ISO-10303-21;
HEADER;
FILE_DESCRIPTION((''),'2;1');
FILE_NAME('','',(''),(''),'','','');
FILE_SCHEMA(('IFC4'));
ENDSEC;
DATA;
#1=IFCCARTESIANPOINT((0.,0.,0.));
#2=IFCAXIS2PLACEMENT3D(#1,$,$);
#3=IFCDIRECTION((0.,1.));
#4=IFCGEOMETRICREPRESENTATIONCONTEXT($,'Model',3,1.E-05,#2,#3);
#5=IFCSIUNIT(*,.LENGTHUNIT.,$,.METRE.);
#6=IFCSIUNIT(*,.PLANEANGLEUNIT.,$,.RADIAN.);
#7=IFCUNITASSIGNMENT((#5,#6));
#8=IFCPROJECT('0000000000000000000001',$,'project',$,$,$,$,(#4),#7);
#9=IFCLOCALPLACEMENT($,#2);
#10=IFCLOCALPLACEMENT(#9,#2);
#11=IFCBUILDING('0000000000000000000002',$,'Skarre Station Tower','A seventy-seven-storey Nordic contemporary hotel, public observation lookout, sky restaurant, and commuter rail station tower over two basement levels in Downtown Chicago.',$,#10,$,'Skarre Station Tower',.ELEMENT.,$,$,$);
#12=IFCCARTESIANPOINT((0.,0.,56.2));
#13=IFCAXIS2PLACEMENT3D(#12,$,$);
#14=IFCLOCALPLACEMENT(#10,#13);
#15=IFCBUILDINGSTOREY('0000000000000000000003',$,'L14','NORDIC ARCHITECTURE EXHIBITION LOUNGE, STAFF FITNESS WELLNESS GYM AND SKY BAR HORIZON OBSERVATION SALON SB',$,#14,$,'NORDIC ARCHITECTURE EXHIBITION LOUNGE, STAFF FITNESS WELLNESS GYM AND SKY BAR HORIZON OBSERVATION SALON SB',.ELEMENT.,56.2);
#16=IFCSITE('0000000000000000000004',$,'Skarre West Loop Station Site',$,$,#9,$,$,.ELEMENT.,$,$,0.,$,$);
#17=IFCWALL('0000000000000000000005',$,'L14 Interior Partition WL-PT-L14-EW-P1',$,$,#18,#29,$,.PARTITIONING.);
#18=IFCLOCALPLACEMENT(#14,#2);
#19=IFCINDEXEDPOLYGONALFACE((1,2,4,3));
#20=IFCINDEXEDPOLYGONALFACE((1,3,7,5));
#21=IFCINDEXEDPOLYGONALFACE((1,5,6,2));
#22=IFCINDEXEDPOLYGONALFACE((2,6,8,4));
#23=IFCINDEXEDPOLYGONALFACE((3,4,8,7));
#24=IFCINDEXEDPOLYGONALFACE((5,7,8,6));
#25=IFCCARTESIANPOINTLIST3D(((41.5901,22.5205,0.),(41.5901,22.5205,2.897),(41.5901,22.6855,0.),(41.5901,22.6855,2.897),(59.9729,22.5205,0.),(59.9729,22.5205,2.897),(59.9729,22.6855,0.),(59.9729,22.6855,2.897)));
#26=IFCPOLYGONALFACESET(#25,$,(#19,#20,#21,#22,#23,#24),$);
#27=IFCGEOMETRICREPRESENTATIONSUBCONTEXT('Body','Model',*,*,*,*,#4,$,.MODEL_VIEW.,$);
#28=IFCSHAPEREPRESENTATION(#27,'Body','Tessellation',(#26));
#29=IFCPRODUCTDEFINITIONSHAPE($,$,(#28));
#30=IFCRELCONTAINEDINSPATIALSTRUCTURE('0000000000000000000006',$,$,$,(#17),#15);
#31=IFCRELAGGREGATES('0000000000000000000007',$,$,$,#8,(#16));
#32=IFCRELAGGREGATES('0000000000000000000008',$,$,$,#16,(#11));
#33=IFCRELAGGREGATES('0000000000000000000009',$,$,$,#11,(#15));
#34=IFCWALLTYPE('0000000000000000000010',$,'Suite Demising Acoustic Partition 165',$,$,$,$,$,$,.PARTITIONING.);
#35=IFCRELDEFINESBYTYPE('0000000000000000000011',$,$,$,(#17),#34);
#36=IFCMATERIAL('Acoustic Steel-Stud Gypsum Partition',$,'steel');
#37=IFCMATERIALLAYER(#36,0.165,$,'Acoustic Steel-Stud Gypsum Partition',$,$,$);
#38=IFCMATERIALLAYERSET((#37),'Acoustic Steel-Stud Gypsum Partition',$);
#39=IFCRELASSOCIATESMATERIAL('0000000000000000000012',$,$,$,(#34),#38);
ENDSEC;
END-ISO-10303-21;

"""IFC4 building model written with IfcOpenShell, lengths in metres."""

from ifc_helpers import new_model, si_unit, direction, frame, frame_2d, origin, place, context, subcontext, project, spatial, rectangle, extrude, material, layer, layer_set, type_object, element, save


model = new_model("IFC4")

# Units and contexts
model_context = context("Model", 3, precision=1e-05, world=origin(), true_north=direction((0.0, 1.0)))
body_context = subcontext(model_context, "Body", "Model", "MODEL_VIEW")
ifc_project = project(units=[si_unit("LENGTHUNIT", "METRE"), si_unit("PLANEANGLEUNIT", "RADIAN")], contexts=[model_context])

# Site, building, storey
site_placement = place(None, origin())
site = spatial("IfcSite", under=ifc_project, at=site_placement, Name="Skarre West Loop Station Site", CompositionType="ELEMENT", RefElevation=0.0)
building_placement = place(site_placement, origin())
building = spatial("IfcBuilding", under=site, at=building_placement, Name="Skarre Station Tower", Description="A seventy-seven-storey Nordic contemporary hotel, public observation lookout, sky restaurant, and commuter rail station tower over two basement levels in Downtown Chicago.", LongName="Skarre Station Tower", CompositionType="ELEMENT")
storey_placement = place(building_placement, frame((0.0, 0.0, 56.2)))
storey = spatial("IfcBuildingStorey", under=building, at=storey_placement, Name="L14", Description="NORDIC ARCHITECTURE EXHIBITION LOUNGE, STAFF FITNESS WELLNESS GYM AND SKY BAR HORIZON OBSERVATION SALON SB", LongName="NORDIC ARCHITECTURE EXHIBITION LOUNGE, STAFF FITNESS WELLNESS GYM AND SKY BAR HORIZON OBSERVATION SALON SB", CompositionType="ELEMENT", Elevation=56.2)

# Shared definitions
ifc_material_1 = material(Name="Acoustic Steel-Stud Gypsum Partition", Category="steel")

# Wall
ifc_layer_1 = layer(ifc_material_1, 0.165, Name="Acoustic Steel-Stud Gypsum Partition")
ifc_layer_set_1 = layer_set([ifc_layer_1], Name="Acoustic Steel-Stud Gypsum Partition")
wall_type_1 = type_object("IfcWallType", Name="Suite Demising Acoustic Partition 165", PredefinedType="PARTITIONING", material=ifc_layer_set_1)
wall_1_placement = place(storey_placement, frame((41.5901, 22.603, 0.0), z_axis=(0.0, 0.0, 1.0), x_axis=(1.0, 0.0, 0.0)))
element("IfcWall", 1, at=wall_1_placement, inside=storey, type_object=wall_type_1, Name="L14 Interior Partition WL-PT-L14-EW-P1", PredefinedType="PARTITIONING", context=body_context, shape_type="SweptSolid", body=[
    extrude(rectangle(XDim=18.3828, YDim=0.165, at=frame_2d((9.1914, 0.0))), origin(), (0.0, 0.0, 1.0), 2.897),
])

save(model, "model.ifc")
